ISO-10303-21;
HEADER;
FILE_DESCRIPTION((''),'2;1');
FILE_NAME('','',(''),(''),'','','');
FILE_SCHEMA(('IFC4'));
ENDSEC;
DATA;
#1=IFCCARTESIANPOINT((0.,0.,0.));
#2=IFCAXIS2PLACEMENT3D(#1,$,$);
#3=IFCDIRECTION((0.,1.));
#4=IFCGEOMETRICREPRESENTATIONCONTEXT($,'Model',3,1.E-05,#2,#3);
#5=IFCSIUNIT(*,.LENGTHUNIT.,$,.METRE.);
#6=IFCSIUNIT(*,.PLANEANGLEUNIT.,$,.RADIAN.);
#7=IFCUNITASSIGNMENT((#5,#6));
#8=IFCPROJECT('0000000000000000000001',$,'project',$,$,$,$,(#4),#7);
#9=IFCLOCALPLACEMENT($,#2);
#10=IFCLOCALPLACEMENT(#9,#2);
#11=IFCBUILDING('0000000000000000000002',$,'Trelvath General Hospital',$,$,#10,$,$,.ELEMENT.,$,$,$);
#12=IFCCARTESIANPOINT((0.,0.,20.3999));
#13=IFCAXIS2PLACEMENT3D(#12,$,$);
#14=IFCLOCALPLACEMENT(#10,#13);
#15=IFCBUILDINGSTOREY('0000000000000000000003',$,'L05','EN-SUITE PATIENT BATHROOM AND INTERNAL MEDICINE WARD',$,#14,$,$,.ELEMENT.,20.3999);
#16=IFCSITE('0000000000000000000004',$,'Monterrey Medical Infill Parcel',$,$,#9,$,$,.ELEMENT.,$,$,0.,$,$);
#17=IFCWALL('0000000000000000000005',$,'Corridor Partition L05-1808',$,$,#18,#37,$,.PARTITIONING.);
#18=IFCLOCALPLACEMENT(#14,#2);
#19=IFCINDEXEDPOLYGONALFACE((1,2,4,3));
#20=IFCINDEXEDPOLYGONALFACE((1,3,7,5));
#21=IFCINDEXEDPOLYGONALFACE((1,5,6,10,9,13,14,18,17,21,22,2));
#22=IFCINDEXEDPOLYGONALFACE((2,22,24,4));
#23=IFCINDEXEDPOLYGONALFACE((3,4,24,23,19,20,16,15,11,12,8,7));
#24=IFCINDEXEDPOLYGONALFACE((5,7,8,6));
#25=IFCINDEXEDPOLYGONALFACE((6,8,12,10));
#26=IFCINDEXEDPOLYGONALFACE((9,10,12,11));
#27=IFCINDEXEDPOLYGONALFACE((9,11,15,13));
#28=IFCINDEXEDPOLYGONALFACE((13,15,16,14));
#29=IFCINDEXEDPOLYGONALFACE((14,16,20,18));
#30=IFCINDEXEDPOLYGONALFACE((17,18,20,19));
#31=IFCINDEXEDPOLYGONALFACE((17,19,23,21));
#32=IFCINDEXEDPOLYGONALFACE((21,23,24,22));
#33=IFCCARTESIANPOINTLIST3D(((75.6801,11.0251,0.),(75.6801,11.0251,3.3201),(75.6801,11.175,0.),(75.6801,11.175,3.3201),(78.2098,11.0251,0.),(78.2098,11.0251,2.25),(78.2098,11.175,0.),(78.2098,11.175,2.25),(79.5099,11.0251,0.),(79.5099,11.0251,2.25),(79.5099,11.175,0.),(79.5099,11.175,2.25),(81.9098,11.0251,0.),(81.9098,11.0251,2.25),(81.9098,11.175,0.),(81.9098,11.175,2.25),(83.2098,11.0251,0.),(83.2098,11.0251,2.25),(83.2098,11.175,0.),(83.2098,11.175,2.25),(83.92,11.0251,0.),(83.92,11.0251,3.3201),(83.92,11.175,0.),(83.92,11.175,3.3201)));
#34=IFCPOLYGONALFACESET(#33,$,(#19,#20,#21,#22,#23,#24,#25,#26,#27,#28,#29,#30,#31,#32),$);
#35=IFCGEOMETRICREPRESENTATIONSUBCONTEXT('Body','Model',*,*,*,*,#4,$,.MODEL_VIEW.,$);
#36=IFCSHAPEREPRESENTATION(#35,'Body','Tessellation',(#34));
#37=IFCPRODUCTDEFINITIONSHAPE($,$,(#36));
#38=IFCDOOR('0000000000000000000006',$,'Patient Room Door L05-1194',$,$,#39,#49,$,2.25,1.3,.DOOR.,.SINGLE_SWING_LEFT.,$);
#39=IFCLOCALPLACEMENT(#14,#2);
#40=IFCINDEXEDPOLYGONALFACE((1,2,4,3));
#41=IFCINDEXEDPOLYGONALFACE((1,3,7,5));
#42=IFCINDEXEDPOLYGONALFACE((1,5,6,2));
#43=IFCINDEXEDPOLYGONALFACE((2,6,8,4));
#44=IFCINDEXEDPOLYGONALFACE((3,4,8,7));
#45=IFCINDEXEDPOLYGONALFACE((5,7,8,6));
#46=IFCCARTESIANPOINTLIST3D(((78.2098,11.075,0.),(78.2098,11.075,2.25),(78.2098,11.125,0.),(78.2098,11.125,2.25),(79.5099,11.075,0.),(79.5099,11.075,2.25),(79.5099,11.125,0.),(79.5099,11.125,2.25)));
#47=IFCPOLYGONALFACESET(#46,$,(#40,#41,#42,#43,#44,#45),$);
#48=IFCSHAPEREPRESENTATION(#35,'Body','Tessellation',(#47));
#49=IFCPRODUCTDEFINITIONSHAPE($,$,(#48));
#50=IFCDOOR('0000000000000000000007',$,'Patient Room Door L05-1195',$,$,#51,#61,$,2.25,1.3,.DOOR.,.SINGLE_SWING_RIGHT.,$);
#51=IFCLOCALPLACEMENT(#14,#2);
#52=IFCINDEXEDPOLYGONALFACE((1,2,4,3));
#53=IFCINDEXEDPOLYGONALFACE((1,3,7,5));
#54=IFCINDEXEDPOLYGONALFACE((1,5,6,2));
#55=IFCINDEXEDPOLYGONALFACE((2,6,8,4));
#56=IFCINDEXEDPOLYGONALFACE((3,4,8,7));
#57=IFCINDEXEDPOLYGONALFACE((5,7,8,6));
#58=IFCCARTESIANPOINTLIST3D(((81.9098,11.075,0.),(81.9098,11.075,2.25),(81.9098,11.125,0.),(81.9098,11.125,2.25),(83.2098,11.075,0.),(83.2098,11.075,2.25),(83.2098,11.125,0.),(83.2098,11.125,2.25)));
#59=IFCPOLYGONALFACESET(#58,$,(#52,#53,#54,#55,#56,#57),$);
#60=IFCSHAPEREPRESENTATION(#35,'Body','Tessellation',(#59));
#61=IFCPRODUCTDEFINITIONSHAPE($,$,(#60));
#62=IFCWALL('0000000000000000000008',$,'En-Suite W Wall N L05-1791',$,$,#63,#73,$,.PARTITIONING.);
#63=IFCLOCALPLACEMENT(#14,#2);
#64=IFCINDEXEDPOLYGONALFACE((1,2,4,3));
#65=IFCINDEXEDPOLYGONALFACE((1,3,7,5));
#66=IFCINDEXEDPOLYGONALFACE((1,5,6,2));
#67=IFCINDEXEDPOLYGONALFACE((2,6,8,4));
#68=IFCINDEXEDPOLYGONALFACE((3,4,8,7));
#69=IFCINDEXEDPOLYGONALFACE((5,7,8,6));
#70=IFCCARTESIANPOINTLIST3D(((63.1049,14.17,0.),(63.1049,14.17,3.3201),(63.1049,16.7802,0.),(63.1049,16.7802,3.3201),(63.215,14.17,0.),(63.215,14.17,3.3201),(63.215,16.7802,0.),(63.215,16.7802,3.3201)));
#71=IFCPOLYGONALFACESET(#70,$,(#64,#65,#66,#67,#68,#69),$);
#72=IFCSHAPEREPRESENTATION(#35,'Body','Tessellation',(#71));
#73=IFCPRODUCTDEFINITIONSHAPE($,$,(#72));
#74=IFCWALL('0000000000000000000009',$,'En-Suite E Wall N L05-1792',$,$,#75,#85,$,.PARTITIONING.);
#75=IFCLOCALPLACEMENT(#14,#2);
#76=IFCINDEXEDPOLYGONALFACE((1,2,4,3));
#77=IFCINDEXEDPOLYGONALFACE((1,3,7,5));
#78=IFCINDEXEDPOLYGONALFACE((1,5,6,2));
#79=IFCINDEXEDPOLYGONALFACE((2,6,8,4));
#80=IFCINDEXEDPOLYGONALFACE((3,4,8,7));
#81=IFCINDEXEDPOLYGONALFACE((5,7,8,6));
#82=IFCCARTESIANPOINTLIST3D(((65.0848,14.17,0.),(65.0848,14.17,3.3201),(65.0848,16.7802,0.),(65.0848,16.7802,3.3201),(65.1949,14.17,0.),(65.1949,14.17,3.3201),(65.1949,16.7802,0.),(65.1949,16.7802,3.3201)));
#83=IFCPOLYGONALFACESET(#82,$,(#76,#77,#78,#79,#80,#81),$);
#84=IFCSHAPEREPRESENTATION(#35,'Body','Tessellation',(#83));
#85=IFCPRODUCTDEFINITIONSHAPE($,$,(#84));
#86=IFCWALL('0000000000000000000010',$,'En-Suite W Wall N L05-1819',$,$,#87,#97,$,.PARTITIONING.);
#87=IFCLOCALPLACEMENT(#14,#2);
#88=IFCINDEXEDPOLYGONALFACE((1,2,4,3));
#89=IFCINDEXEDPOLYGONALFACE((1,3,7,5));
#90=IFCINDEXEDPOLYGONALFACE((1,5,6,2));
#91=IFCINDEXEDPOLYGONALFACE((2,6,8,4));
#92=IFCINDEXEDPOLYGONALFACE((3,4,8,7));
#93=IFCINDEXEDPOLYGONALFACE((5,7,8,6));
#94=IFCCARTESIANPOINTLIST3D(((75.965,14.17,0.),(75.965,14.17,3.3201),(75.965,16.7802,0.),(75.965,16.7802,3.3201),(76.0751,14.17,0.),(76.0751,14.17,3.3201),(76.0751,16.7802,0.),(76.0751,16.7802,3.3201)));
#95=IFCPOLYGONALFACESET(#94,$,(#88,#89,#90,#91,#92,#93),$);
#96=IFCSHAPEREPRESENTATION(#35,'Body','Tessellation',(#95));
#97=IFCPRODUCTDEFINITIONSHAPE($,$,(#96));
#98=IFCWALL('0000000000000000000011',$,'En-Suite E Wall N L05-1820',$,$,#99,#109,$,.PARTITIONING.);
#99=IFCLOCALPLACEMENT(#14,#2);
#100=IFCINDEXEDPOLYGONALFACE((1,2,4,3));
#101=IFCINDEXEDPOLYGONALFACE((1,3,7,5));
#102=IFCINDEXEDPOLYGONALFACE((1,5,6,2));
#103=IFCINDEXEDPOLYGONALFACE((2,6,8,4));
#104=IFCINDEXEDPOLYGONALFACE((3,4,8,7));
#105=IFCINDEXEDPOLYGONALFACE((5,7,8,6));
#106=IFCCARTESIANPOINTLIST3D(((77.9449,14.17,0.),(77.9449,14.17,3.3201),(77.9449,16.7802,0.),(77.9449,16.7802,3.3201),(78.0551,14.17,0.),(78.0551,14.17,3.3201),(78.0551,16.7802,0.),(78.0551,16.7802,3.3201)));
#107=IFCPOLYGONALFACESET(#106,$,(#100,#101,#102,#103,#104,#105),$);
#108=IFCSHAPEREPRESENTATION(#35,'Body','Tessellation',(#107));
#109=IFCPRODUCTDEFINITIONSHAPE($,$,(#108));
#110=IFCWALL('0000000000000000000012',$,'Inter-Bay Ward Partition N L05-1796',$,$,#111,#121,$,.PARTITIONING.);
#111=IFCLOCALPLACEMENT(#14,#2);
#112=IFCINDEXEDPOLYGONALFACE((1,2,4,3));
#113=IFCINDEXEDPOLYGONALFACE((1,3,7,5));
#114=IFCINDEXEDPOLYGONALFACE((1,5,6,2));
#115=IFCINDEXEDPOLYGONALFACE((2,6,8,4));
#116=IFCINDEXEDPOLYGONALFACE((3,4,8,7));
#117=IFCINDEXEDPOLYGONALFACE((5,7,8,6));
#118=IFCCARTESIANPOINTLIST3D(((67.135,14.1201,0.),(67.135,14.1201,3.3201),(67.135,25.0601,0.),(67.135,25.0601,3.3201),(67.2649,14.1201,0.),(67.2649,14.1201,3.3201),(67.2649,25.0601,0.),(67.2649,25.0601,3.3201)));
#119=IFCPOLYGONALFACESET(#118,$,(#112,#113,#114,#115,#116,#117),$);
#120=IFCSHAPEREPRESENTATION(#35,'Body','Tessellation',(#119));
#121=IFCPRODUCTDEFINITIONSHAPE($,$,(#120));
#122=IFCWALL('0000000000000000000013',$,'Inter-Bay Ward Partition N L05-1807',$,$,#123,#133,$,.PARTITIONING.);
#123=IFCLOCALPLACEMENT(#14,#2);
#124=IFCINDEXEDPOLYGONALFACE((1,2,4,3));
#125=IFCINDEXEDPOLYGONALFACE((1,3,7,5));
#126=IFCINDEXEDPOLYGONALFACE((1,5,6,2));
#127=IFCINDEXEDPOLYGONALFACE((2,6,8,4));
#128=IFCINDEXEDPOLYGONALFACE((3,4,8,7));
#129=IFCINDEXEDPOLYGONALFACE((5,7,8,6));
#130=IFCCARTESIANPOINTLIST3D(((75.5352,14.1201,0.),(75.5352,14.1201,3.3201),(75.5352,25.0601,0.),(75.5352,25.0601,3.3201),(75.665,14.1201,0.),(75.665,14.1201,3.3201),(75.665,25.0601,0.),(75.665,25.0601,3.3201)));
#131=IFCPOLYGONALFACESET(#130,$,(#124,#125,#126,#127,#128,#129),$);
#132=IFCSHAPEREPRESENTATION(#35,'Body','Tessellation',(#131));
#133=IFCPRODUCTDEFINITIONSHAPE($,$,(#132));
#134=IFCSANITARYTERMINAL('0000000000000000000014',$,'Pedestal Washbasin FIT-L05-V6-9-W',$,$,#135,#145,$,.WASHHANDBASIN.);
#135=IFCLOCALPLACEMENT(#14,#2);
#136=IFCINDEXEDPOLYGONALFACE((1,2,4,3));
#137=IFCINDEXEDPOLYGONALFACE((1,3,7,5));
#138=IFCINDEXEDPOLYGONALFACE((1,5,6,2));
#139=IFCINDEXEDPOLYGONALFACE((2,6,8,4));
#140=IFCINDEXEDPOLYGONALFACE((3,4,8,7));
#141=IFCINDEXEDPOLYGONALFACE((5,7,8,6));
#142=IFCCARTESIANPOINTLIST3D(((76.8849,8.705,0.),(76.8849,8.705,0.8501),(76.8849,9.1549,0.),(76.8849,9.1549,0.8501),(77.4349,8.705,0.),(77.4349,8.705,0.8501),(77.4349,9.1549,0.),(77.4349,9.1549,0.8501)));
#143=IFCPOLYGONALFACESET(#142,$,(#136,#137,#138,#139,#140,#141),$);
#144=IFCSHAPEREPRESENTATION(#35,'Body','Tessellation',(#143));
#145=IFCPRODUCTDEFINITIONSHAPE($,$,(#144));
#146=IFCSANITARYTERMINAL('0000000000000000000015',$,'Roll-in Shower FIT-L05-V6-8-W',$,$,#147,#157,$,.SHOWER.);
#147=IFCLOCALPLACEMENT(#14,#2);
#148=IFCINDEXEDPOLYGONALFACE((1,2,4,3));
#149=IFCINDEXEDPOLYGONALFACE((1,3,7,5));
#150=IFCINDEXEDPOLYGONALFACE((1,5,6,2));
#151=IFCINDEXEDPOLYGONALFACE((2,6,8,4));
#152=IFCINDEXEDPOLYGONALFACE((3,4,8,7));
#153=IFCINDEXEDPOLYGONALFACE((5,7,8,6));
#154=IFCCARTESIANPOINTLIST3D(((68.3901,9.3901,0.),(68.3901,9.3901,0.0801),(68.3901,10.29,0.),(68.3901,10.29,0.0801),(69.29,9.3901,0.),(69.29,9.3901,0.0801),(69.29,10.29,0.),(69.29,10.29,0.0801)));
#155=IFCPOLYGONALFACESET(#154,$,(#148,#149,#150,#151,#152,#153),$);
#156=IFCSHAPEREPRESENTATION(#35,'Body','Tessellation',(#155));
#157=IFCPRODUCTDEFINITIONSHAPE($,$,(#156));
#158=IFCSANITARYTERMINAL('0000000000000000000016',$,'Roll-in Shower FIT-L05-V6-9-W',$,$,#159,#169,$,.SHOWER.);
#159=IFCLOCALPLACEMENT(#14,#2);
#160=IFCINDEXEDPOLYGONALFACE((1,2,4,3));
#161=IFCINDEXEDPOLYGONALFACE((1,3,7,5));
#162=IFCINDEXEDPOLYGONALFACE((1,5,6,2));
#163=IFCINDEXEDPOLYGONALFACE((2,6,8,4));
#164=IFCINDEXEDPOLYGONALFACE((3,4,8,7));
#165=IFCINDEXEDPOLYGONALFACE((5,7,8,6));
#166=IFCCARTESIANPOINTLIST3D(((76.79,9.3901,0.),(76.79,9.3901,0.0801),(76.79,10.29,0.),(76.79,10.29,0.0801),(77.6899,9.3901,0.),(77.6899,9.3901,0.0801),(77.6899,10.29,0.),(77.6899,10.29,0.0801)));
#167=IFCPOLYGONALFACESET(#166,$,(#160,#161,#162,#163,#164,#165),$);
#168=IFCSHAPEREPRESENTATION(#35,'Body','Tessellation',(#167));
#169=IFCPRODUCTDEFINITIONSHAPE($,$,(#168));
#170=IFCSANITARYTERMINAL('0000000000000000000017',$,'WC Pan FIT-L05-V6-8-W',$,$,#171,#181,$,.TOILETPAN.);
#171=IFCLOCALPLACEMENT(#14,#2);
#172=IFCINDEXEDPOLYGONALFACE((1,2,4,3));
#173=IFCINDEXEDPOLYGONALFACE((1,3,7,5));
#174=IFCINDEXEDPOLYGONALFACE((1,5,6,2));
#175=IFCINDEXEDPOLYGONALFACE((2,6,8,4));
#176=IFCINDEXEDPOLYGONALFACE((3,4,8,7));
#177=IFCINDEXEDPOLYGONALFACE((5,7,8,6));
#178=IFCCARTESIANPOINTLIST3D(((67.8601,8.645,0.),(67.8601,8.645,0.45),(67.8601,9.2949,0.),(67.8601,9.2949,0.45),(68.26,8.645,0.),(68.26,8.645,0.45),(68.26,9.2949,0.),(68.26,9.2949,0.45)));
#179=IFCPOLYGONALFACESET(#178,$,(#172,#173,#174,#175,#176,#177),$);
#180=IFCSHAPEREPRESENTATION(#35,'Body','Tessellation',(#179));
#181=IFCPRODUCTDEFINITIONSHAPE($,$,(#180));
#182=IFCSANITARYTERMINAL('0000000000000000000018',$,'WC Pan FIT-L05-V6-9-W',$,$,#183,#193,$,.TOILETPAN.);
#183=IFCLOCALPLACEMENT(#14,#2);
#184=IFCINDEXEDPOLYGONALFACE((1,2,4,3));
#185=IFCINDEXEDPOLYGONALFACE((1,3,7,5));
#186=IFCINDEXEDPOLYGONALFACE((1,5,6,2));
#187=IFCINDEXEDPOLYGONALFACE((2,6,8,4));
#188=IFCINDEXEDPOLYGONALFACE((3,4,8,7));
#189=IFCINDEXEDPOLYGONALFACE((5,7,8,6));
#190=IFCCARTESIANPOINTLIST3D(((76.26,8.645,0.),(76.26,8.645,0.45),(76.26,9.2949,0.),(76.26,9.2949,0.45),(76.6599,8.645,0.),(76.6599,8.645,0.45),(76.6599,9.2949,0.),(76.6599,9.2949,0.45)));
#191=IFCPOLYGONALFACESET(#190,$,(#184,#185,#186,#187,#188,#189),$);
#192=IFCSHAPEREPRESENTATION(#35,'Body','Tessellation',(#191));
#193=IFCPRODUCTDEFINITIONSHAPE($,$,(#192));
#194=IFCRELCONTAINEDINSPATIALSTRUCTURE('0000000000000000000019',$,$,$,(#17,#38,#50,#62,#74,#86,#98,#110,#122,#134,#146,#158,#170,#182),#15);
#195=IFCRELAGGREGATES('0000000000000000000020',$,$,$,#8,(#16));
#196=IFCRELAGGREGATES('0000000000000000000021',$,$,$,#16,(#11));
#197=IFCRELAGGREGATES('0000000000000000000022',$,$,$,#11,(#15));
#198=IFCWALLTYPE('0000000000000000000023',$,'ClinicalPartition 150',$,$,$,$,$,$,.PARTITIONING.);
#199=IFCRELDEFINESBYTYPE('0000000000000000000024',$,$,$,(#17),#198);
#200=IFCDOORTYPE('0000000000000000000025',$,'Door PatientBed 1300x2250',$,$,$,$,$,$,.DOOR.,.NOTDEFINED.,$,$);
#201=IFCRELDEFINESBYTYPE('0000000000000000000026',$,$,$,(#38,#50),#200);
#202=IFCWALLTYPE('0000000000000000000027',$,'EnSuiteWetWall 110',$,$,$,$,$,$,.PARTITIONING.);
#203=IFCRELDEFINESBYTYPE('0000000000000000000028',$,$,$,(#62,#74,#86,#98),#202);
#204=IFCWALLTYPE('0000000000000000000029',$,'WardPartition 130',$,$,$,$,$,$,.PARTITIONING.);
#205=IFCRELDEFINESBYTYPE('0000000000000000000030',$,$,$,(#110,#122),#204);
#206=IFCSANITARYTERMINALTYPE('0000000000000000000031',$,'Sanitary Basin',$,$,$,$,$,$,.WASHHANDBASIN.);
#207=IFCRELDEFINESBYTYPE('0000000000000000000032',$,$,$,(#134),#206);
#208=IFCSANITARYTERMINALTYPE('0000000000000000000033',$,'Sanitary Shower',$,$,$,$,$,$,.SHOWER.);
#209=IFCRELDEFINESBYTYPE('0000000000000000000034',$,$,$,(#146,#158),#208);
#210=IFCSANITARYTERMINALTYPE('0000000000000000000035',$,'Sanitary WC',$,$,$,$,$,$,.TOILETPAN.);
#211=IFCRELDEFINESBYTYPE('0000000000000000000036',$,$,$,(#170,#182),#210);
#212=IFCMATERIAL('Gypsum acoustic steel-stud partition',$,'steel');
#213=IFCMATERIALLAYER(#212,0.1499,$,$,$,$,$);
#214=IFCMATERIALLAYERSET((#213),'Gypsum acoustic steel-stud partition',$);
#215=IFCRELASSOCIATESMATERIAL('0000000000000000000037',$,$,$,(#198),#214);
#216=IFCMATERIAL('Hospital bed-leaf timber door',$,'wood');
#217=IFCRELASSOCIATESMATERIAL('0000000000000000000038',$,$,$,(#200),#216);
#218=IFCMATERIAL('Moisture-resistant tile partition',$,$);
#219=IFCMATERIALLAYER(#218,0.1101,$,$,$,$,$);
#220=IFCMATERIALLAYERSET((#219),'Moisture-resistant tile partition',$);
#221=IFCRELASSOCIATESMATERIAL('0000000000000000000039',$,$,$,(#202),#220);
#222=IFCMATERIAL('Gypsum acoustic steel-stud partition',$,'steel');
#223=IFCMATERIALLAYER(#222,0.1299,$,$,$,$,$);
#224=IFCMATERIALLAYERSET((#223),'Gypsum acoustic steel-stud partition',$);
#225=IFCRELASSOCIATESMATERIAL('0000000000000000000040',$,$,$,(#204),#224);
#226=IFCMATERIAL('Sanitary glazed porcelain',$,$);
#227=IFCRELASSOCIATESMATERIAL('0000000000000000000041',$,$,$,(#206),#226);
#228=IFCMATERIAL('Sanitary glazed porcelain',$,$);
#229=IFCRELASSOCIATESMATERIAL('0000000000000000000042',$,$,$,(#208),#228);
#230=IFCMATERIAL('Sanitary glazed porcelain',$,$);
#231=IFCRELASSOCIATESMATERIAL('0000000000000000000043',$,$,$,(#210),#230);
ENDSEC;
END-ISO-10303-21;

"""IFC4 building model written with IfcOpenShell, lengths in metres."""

from ifc_helpers import new_model, si_unit, direction, frame, frame_2d, origin, origin_2d, place, context, subcontext, project, spatial, rectangle, extrude, material, layer, layer_set, type_object, element, fill, save


model = new_model("IFC4")

# Units and contexts
model_context = context("Model", 3, precision=1e-05, world=origin(), true_north=direction((0.0, 1.0)))
body_context = subcontext(model_context, "Body", "Model", "MODEL_VIEW")
ifc_project = project(units=[si_unit("LENGTHUNIT", "METRE"), si_unit("PLANEANGLEUNIT", "RADIAN")], contexts=[model_context])

# Site, building, storey
site_placement = place(None, origin())
site = spatial("IfcSite", under=ifc_project, at=site_placement, Name="Monterrey Medical Infill Parcel", CompositionType="ELEMENT", RefElevation=0.0)
building_placement = place(site_placement, origin())
building = spatial("IfcBuilding", under=site, at=building_placement, Name="Trelvath General Hospital", CompositionType="ELEMENT")
storey_placement = place(building_placement, frame((0.0, 0.0, 20.3999)))
storey = spatial("IfcBuildingStorey", under=building, at=storey_placement, Name="L05", Description="EN-SUITE PATIENT BATHROOM AND INTERNAL MEDICINE WARD", CompositionType="ELEMENT", Elevation=20.3999)

# Shared definitions
ifc_material_1 = material(Name="Gypsum acoustic steel-stud partition", Category="steel")
ifc_layer_1 = layer(ifc_material_1, 0.1499)
ifc_layer_set_1 = layer_set([ifc_layer_1], Name="Gypsum acoustic steel-stud partition")
wall_type_1 = type_object("IfcWallType", Name="ClinicalPartition 150", PredefinedType="PARTITIONING", material=ifc_layer_set_1)
ifc_material_2 = material(Name="Hospital bed-leaf timber door", Category="wood")
door_type_1 = type_object("IfcDoorType", Name="Door PatientBed 1300x2250", OperationType="NOTDEFINED", PredefinedType="DOOR", material=ifc_material_2)

# Wall, openings, doors
wall_1_placement = place(storey_placement, frame((75.6799, 11.1001, 0.0), z_axis=(0.0, 0.0, 1.0), x_axis=(1.0, 0.0, 0.0)))
wall_1 = element("IfcWall", 1, at=wall_1_placement, inside=storey, type_object=wall_type_1, Name="Corridor Partition L05-1808", PredefinedType="PARTITIONING", context=body_context, shape_type="SweptSolid", body=[
    extrude(rectangle(XDim=8.24, YDim=0.1499, at=frame_2d((4.1201, 0.0))), origin(), (0.0, 0.0, 1.0), 3.3201),
])
opening_1_placement = place(wall_1_placement, frame((2.53, 0.0, 0.0)))
opening_1 = element("IfcOpeningElement", 2, at=opening_1_placement, cuts=wall_1, PredefinedType="OPENING", context=body_context, shape_type="SweptSolid", body=[
    extrude(rectangle(XDim=1.3, YDim=2.25, at=frame_2d((0.6499, 1.125))), frame((0.0, 0.085, 0.0), z_axis=(0.0, -1.0, 0.0), x_axis=(1.0, 0.0, 0.0)), (0.0, 0.0, 1.0), 0.1699),
])
opening_2_placement = place(wall_1_placement, frame((6.23, 0.0, 0.0)))
opening_2 = element("IfcOpeningElement", 3, at=opening_2_placement, cuts=wall_1, PredefinedType="OPENING", context=body_context, shape_type="SweptSolid", body=[
    extrude(rectangle(XDim=1.3, YDim=2.25, at=frame_2d((0.6499, 1.125))), frame((0.0, 0.085, 0.0), z_axis=(0.0, -1.0, 0.0), x_axis=(1.0, 0.0, 0.0)), (0.0, 0.0, 1.0), 0.1699),
])
door_1_placement = place(opening_1_placement, origin())
door_1 = element("IfcDoor", 4, at=door_1_placement, inside=storey, type_object=door_type_1, Name="Patient Room Door L05-1194", OperationType="SINGLE_SWING_LEFT", OverallHeight=2.25, OverallWidth=1.3, PredefinedType="DOOR", context=body_context, shape_type="SweptSolid", body=[
    extrude(rectangle(XDim=1.3, YDim=2.25, at=frame_2d((0.6499, 1.125))), frame((0.0, 0.0249, 0.0), z_axis=(0.0, -1.0, 0.0), x_axis=(1.0, 0.0, 0.0)), (0.0, 0.0, 1.0), 0.05),
])
fill(opening_1, door_1)
door_2_placement = place(opening_2_placement, origin())
door_2 = element("IfcDoor", 5, at=door_2_placement, inside=storey, type_object=door_type_1, Name="Patient Room Door L05-1195", OperationType="SINGLE_SWING_RIGHT", OverallHeight=2.25, OverallWidth=1.3, PredefinedType="DOOR", context=body_context, shape_type="SweptSolid", body=[
    extrude(rectangle(XDim=1.3, YDim=2.25, at=frame_2d((0.6499, 1.125))), frame((0.0, 0.0249, 0.0), z_axis=(0.0, -1.0, 0.0), x_axis=(1.0, 0.0, 0.0)), (0.0, 0.0, 1.0), 0.05),
])
fill(opening_2, door_2)

# Walls
ifc_material_3 = material(Name="Moisture-resistant tile partition")
ifc_layer_2 = layer(ifc_material_3, 0.1101)
ifc_layer_set_2 = layer_set([ifc_layer_2], Name="Moisture-resistant tile partition")
wall_type_2 = type_object("IfcWallType", Name="EnSuiteWetWall 110", PredefinedType="PARTITIONING", material=ifc_layer_set_2)
for number, where, z_axis, x_axis, name in (
    (6, (63.1599, 14.1699, 0.0), (0.0, 0.0, 1.0), (0.0, 1.0, 0.0), "En-Suite W Wall N L05-1791"),
    (7, (65.1399, 14.1699, 0.0), (0.0, 0.0, 1.0), (0.0, 1.0, 0.0), "En-Suite E Wall N L05-1792"),
    (8, (76.02, 14.1699, 0.0), (0.0, 0.0, 1.0), (0.0, 1.0, 0.0), "En-Suite W Wall N L05-1819"),
    (9, (78.0, 14.1699, 0.0), (0.0, 0.0, 1.0), (0.0, 1.0, 0.0), "En-Suite E Wall N L05-1820"),
):
    element("IfcWall", number, at=place(storey_placement, frame(where, z_axis=z_axis, x_axis=x_axis)), inside=storey, type_object=wall_type_2, Name=name, PredefinedType="PARTITIONING", context=body_context, shape_type="SweptSolid", body=[
        extrude(rectangle(XDim=2.6101, YDim=0.1101, at=frame_2d((1.3052, 0.0))), origin(), (0.0, 0.0, 1.0), 3.3201),
    ])
ifc_material_4 = material(Name="Gypsum acoustic steel-stud partition", Category="steel")
ifc_layer_3 = layer(ifc_material_4, 0.1299)
ifc_layer_set_3 = layer_set([ifc_layer_3], Name="Gypsum acoustic steel-stud partition")
wall_type_3 = type_object("IfcWallType", Name="WardPartition 130", PredefinedType="PARTITIONING", material=ifc_layer_set_3)
for number, where, z_axis, x_axis, name in (
    (10, (67.2, 14.1201, 0.0), (0.0, 0.0, 1.0), (0.0, 1.0, 0.0), "Inter-Bay Ward Partition N L05-1796"),
    (11, (75.6001, 14.1201, 0.0), (0.0, 0.0, 1.0), (0.0, 1.0, 0.0), "Inter-Bay Ward Partition N L05-1807"),
):
    element("IfcWall", number, at=place(storey_placement, frame(where, z_axis=z_axis, x_axis=x_axis)), inside=storey, type_object=wall_type_3, Name=name, PredefinedType="PARTITIONING", context=body_context, shape_type="SweptSolid", body=[
        extrude(rectangle(XDim=10.9399, YDim=0.1299, at=frame_2d((5.47, 0.0))), origin(), (0.0, 0.0, 1.0), 3.3201),
    ])

# Sanitary terminals
ifc_material_5 = material(Name="Sanitary glazed porcelain")
sanitary_terminal_type_1 = type_object("IfcSanitaryTerminalType", Name="Sanitary Basin", PredefinedType="WASHHANDBASIN", material=ifc_material_5)
sanitary_terminal_placement = place(storey_placement, frame((77.1599, 8.9299, 0.0), z_axis=(0.0, 0.0, 1.0), x_axis=(1.0, 0.0, 0.0)))
element("IfcSanitaryTerminal", 12, at=sanitary_terminal_placement, inside=storey, type_object=sanitary_terminal_type_1, Name="Pedestal Washbasin FIT-L05-V6-9-W", PredefinedType="WASHHANDBASIN", context=body_context, shape_type="SweptSolid", body=[
    extrude(rectangle(XDim=0.55, YDim=0.45, at=origin_2d()), origin(), (0.0, 0.0, 1.0), 0.8501),
])
ifc_material_6 = material(Name="Sanitary glazed porcelain")
sanitary_terminal_type_2 = type_object("IfcSanitaryTerminalType", Name="Sanitary Shower", PredefinedType="SHOWER", material=ifc_material_6)
for number, where, z_axis, x_axis, name in (
    (13, (68.8401, 9.8401, 0.0), (0.0, 0.0, 1.0), (1.0, 0.0, 0.0), "Roll-in Shower FIT-L05-V6-8-W"),
    (14, (77.24, 9.8401, 0.0), (0.0, 0.0, 1.0), (1.0, 0.0, 0.0), "Roll-in Shower FIT-L05-V6-9-W"),
):
    element("IfcSanitaryTerminal", number, at=place(storey_placement, frame(where, z_axis=z_axis, x_axis=x_axis)), inside=storey, type_object=sanitary_terminal_type_2, Name=name, PredefinedType="SHOWER", context=body_context, shape_type="SweptSolid", body=[
        extrude(rectangle(XDim=0.8999, YDim=0.8999, at=origin_2d()), origin(), (0.0, 0.0, 1.0), 0.0801),
    ])
ifc_material_7 = material(Name="Sanitary glazed porcelain")
sanitary_terminal_type_3 = type_object("IfcSanitaryTerminalType", Name="Sanitary WC", PredefinedType="TOILETPAN", material=ifc_material_7)
for number, where, z_axis, x_axis, name in (
    (15, (68.0601, 8.97, 0.0), (0.0, 0.0, 1.0), (1.0, 0.0, 0.0), "WC Pan FIT-L05-V6-8-W"),
    (16, (76.46, 8.97, 0.0), (0.0, 0.0, 1.0), (1.0, 0.0, 0.0), "WC Pan FIT-L05-V6-9-W"),
):
    element("IfcSanitaryTerminal", number, at=place(storey_placement, frame(where, z_axis=z_axis, x_axis=x_axis)), inside=storey, type_object=sanitary_terminal_type_3, Name=name, PredefinedType="TOILETPAN", context=body_context, shape_type="SweptSolid", body=[
        extrude(rectangle(XDim=0.3999, YDim=0.6499, at=origin_2d()), origin(), (0.0, 0.0, 1.0), 0.45),
    ])

save(model, "model.ifc")
